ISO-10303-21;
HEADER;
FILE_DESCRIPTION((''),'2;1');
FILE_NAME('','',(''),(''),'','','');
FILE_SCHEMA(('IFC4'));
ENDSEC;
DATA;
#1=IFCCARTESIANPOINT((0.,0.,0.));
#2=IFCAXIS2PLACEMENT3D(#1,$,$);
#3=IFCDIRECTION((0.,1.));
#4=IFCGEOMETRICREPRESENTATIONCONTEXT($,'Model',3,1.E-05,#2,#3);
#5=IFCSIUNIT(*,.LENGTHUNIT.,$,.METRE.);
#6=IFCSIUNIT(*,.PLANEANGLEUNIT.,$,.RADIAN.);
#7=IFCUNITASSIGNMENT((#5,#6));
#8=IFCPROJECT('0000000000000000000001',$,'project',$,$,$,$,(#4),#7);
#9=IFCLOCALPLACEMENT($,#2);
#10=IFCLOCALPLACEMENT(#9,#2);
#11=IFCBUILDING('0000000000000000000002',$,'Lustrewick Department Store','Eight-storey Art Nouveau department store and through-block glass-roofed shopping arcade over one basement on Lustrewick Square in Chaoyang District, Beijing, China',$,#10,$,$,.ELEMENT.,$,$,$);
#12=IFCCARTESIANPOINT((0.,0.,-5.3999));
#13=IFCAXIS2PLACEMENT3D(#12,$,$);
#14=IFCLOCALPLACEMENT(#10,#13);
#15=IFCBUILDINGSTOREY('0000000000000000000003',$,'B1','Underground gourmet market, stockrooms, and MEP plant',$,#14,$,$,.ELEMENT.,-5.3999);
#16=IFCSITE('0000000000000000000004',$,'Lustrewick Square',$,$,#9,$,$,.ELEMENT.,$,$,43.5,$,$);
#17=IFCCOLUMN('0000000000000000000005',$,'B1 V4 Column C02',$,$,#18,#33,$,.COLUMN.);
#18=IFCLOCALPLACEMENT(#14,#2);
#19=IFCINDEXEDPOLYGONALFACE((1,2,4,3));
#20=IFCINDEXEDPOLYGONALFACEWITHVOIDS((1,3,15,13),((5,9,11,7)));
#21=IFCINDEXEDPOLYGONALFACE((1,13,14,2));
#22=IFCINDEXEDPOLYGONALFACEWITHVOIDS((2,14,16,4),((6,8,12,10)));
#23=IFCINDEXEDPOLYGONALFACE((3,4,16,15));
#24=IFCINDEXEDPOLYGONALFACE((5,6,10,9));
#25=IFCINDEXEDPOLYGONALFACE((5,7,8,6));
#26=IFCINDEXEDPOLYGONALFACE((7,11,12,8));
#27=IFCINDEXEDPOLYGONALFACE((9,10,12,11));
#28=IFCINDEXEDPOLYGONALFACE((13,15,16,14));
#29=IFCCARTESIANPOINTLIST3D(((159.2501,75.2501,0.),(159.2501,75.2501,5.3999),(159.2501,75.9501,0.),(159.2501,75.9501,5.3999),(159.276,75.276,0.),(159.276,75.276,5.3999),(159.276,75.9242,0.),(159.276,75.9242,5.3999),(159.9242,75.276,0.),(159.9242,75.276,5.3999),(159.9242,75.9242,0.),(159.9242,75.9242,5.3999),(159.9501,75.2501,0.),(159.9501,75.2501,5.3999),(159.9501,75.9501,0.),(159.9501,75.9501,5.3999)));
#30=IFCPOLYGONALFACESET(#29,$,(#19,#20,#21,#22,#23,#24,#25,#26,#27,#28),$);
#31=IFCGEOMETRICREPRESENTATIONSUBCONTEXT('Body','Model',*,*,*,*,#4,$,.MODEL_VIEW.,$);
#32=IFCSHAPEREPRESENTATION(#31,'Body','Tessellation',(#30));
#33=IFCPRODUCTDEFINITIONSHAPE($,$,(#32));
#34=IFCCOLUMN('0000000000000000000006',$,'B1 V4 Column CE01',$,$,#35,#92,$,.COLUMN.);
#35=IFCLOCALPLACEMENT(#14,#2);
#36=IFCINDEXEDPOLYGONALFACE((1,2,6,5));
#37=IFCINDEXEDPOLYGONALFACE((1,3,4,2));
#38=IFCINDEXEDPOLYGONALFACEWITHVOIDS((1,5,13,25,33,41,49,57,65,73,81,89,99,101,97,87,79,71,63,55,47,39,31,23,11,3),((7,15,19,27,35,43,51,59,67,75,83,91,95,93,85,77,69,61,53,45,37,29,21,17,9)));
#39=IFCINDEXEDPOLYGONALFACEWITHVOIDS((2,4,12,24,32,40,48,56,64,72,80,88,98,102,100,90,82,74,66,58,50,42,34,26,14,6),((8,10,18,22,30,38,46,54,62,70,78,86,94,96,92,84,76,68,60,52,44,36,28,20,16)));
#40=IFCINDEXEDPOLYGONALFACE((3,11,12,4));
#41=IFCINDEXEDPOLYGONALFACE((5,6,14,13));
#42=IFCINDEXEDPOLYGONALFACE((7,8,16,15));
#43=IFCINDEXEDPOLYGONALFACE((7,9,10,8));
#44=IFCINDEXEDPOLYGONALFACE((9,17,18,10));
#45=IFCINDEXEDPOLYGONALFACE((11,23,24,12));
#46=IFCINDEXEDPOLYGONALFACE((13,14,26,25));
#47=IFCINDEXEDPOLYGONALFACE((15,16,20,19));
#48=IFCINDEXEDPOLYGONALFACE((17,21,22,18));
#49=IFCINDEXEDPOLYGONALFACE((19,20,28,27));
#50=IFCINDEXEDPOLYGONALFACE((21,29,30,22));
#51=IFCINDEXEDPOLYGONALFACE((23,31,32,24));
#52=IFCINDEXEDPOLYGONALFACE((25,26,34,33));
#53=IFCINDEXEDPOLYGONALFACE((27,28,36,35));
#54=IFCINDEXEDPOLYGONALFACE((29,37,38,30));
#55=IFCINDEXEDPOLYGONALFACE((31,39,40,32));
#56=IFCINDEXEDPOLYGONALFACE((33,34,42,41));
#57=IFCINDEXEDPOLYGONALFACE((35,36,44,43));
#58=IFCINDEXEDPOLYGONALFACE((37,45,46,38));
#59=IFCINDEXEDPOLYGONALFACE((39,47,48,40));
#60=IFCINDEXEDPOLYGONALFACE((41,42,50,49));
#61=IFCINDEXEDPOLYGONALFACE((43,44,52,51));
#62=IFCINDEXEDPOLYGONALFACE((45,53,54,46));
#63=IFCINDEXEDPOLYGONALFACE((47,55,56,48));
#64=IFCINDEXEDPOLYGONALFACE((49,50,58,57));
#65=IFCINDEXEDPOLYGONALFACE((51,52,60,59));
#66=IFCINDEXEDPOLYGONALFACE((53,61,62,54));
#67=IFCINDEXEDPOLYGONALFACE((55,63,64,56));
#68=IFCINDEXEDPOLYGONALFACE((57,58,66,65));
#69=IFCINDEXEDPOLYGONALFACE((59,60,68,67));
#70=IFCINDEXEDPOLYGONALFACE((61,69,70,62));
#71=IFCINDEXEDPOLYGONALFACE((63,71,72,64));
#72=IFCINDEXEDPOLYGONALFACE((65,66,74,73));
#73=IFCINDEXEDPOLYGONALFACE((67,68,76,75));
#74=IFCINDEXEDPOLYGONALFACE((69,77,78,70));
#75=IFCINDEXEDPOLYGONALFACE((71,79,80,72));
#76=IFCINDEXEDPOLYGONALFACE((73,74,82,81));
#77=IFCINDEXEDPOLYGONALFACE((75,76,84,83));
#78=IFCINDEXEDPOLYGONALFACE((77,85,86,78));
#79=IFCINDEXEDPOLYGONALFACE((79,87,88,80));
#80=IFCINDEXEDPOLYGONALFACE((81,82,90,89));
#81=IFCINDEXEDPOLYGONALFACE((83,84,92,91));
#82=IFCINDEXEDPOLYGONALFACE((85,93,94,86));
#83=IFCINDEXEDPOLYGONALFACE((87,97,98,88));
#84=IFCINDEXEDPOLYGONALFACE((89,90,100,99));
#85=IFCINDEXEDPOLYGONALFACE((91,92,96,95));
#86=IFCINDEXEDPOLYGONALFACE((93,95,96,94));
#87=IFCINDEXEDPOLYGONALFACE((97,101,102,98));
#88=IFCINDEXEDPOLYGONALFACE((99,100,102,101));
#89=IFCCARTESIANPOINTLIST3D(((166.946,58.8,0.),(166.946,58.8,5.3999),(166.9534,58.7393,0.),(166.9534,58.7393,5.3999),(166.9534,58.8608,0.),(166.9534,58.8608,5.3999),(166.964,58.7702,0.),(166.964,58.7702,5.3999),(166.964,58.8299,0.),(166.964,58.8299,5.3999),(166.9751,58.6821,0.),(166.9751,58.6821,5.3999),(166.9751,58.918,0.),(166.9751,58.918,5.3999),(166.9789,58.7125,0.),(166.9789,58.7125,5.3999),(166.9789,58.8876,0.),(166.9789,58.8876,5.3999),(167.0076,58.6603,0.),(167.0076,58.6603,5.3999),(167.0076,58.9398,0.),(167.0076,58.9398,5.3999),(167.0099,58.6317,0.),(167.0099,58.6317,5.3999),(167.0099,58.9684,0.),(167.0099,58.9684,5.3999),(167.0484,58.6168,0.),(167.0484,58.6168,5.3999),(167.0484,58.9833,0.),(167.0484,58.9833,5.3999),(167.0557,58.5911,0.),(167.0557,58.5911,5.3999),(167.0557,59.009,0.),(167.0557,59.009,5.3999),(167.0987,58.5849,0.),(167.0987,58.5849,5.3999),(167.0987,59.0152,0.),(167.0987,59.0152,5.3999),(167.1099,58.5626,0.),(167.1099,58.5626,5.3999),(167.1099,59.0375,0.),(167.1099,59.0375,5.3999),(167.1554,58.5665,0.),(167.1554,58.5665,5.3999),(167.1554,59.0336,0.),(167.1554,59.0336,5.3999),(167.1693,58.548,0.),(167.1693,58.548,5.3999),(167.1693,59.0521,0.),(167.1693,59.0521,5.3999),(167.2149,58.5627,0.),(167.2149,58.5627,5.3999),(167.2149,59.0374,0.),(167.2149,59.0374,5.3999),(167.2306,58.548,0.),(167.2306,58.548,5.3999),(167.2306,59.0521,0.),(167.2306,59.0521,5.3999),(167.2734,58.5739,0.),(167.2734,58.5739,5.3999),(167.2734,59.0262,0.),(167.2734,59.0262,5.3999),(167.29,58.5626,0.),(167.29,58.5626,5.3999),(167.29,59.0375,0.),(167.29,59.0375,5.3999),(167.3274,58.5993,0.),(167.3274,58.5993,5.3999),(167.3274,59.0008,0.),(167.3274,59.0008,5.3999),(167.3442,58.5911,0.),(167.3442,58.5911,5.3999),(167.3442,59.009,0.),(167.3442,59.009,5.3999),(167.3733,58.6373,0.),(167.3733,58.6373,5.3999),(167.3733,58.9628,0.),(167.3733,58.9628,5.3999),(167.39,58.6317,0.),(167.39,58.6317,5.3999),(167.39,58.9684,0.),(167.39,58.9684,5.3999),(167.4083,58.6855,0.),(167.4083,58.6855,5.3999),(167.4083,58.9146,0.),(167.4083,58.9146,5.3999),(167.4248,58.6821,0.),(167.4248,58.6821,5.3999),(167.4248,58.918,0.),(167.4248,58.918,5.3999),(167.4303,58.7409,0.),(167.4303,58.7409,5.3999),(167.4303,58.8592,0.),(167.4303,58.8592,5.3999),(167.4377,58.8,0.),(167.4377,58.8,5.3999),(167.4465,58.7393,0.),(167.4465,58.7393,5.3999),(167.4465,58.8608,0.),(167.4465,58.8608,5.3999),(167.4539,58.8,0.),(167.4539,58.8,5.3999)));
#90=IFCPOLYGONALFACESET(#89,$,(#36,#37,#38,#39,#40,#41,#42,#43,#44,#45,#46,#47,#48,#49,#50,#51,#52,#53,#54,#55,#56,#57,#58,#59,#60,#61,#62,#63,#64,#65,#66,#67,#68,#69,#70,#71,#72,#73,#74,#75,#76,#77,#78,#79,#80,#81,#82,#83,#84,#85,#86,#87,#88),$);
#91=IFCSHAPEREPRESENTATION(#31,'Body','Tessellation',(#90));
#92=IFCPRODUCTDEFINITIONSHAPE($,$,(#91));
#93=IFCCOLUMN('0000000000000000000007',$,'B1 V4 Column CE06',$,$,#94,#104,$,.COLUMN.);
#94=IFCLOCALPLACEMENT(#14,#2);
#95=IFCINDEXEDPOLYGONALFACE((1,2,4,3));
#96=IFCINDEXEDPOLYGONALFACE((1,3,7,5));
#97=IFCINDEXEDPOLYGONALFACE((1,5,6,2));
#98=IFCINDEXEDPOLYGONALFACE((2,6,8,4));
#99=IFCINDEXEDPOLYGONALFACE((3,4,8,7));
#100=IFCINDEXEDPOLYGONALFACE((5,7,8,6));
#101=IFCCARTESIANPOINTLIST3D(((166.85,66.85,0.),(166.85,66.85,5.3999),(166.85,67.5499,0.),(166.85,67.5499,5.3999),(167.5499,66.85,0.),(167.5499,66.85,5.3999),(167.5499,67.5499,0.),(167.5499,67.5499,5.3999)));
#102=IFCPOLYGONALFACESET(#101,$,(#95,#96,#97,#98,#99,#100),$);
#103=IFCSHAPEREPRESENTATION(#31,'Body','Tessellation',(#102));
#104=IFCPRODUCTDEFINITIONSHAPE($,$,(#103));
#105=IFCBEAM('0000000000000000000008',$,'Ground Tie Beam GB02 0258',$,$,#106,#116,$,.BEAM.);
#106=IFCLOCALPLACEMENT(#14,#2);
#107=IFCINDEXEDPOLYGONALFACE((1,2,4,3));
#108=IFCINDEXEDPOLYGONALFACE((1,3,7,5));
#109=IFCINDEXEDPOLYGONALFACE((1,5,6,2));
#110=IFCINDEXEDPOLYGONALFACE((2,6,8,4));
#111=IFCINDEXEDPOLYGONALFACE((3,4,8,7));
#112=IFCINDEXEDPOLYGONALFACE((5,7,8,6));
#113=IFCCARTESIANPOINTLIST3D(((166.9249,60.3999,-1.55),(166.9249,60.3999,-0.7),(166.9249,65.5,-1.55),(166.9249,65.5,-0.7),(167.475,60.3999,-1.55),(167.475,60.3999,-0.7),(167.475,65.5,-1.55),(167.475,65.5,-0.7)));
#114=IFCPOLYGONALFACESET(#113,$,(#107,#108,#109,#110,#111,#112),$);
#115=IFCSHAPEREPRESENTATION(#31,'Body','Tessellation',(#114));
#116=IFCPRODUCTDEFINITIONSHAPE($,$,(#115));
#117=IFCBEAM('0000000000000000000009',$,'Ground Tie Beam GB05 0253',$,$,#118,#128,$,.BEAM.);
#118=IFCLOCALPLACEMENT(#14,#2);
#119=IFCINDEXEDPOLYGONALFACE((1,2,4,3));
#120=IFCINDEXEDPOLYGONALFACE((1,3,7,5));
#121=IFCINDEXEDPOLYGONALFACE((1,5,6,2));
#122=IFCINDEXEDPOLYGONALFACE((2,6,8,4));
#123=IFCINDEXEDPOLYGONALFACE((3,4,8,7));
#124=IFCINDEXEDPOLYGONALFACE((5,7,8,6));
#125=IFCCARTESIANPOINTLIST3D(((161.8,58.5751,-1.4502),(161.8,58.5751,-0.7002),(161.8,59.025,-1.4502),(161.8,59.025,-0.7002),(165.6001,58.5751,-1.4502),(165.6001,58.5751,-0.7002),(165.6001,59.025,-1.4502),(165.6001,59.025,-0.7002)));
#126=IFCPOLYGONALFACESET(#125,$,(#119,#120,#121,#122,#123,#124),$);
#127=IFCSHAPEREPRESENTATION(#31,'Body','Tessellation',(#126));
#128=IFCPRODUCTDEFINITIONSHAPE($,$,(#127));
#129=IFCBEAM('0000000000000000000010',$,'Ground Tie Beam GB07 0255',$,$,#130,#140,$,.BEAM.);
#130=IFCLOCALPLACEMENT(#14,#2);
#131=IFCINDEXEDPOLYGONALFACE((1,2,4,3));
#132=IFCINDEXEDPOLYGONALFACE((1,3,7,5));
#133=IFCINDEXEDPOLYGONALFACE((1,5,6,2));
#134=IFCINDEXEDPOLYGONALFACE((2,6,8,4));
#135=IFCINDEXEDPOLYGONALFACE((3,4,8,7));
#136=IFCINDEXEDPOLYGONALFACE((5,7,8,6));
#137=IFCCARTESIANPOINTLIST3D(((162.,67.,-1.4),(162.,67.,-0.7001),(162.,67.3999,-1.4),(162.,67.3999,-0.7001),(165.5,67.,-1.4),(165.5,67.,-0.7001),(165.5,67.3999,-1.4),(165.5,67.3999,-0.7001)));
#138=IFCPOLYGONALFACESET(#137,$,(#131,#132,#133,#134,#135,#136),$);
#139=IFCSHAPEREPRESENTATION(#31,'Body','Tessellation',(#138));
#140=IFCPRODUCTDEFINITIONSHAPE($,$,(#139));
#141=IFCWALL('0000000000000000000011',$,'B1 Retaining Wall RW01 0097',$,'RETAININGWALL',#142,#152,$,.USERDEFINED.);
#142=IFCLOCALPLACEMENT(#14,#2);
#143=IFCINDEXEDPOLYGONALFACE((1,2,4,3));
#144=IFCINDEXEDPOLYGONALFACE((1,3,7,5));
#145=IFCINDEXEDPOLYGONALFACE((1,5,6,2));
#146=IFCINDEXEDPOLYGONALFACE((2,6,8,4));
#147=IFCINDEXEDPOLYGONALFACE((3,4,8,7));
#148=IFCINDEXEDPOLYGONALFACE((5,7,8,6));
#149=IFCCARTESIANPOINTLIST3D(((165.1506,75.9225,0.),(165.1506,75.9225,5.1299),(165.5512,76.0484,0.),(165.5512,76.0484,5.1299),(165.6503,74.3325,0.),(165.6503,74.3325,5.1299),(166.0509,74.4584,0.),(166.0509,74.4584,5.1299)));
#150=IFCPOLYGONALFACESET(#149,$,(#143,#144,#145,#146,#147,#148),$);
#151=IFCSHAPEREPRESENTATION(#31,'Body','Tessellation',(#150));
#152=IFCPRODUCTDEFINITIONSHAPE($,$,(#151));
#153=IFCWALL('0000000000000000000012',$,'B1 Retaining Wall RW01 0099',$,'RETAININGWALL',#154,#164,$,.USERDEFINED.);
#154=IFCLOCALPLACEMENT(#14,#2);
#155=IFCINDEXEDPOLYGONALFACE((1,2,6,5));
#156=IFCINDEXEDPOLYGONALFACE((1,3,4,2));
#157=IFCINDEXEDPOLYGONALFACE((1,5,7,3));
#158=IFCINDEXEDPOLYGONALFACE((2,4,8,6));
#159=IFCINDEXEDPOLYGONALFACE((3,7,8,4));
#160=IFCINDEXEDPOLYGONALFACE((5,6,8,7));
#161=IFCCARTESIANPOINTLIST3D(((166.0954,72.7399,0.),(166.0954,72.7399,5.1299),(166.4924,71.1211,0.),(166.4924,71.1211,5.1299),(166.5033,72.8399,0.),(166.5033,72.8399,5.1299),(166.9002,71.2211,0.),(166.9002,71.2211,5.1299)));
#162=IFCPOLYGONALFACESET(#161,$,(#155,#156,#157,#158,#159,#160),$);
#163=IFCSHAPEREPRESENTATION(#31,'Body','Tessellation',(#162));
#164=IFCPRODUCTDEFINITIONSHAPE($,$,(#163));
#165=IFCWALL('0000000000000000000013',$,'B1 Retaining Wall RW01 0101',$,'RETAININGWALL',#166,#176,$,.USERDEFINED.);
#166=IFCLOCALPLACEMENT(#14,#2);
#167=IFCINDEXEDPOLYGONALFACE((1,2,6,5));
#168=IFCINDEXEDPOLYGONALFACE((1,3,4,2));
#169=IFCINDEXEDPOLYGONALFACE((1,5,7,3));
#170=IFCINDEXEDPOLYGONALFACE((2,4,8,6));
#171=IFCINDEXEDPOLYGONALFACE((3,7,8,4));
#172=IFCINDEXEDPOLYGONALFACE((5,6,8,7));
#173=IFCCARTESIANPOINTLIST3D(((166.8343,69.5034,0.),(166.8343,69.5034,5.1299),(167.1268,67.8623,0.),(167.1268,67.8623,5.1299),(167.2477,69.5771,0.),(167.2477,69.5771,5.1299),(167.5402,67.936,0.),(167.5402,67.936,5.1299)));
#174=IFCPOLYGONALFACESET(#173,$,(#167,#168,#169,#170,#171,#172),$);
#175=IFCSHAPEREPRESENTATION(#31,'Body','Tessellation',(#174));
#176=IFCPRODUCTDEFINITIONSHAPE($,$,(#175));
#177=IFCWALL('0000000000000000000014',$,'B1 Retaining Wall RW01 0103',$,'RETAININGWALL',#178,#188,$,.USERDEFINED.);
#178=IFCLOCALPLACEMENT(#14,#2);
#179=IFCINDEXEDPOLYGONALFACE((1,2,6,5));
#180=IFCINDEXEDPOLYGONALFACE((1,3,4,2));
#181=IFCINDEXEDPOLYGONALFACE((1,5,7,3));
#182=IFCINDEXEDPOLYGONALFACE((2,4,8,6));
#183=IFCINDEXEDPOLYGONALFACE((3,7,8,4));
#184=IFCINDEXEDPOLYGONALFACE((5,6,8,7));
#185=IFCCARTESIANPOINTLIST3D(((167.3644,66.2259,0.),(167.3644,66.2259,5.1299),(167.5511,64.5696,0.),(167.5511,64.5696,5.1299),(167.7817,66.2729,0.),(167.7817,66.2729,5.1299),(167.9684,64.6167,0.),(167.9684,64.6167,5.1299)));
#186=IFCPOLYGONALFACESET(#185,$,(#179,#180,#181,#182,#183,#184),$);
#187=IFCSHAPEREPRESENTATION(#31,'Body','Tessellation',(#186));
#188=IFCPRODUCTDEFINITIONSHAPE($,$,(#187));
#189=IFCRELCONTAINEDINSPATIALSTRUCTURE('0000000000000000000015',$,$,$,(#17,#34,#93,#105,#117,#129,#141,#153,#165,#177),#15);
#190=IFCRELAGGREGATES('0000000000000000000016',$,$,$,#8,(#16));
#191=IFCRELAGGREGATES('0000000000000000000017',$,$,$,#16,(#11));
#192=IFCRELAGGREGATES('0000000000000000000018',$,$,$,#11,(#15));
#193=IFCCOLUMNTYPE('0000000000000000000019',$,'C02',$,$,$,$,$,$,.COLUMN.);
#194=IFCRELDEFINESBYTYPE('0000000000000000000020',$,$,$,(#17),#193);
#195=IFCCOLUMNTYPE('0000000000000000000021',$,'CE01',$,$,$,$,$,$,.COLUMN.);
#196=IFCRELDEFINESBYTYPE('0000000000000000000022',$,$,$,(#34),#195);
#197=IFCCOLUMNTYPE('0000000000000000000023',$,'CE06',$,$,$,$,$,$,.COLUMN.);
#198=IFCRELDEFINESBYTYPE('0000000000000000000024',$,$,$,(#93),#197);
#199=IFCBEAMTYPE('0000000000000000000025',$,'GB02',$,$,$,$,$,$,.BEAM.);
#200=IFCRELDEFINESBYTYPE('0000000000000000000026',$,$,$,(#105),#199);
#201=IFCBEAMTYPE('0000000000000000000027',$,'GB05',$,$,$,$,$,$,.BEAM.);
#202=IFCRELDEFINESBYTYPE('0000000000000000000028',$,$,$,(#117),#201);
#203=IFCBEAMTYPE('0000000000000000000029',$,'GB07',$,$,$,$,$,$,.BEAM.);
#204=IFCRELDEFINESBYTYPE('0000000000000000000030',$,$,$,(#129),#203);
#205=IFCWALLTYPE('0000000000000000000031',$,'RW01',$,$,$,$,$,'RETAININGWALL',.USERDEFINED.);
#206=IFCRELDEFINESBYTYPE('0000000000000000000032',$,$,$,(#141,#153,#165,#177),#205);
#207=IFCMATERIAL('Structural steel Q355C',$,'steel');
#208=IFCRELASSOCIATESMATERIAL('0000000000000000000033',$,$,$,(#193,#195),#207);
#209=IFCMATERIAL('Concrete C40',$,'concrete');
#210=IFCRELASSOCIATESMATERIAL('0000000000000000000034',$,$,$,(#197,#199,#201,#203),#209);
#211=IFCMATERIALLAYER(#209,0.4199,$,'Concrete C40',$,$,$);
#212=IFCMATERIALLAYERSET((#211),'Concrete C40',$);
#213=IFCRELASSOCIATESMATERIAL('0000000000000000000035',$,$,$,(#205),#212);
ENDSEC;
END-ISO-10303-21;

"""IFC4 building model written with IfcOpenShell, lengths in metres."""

from ifc_helpers import new_model, si_unit, direction, frame, frame_2d, origin, origin_2d, place, context, subcontext, project, spatial, rectangle, hollow_rectangle, hollow_circle, extrude, material, layer, layer_set, material_profile, profile_set, type_object, element, save


model = new_model("IFC4")

# Units and contexts
model_context = context("Model", 3, precision=1e-05, world=origin(), true_north=direction((0.0, 1.0)))
body_context = subcontext(model_context, "Body", "Model", "MODEL_VIEW")
ifc_project = project(units=[si_unit("LENGTHUNIT", "METRE"), si_unit("PLANEANGLEUNIT", "RADIAN")], contexts=[model_context])

# Site, building, storey
site_placement = place(None, origin())
site = spatial("IfcSite", under=ifc_project, at=site_placement, Name="Lustrewick Square", CompositionType="ELEMENT", RefElevation=43.5)
building_placement = place(site_placement, origin())
building = spatial("IfcBuilding", under=site, at=building_placement, Name="Lustrewick Department Store", Description="Eight-storey Art Nouveau department store and through-block glass-roofed shopping arcade over one basement on Lustrewick Square in Chaoyang District, Beijing, China", CompositionType="ELEMENT")
storey_placement = place(building_placement, frame((0.0, 0.0, -5.3999)))
storey = spatial("IfcBuildingStorey", under=building, at=storey_placement, Name="B1", Description="Underground gourmet market, stockrooms, and MEP plant", CompositionType="ELEMENT", Elevation=-5.3999)

# Shared definitions
ifc_material_1 = material(Name="Concrete C40", Category="concrete")

# Columns
ifc_material_2 = material(Name="Structural steel Q355C", Category="steel")
ifc_material_profile_1 = material_profile(ifc_material_2, hollow_rectangle(XDim=0.7, YDim=0.7, WallThickness=0.0259, at=origin_2d()), Name="BOX 700x700x26")
ifc_profile_set_1 = profile_set([ifc_material_profile_1], Name="Structural steel Q355C")
column_type_1 = type_object("IfcColumnType", Name="C02", PredefinedType="COLUMN", material=ifc_profile_set_1)
column_1_placement = place(storey_placement, frame((159.6001, 75.6001, 0.0), z_axis=(0.0, 0.0, 1.0), x_axis=(1.0, 0.0, 0.0)))
element("IfcColumn", 1, at=column_1_placement, inside=storey, type_object=column_type_1, Name="B1 V4 Column C02", PredefinedType="COLUMN", context=body_context, shape_type="SweptSolid", body=[
    extrude(hollow_rectangle(XDim=0.7, YDim=0.7, WallThickness=0.0259, at=origin_2d()), origin(), (0.0, 0.0, 1.0), 5.3999),
])
ifc_material_profile_2 = material_profile(ifc_material_2, hollow_circle(Radius=0.2539, WallThickness=0.0161, at=origin_2d()), Name="CHS 508x16")
ifc_profile_set_2 = profile_set([ifc_material_profile_2], Name="Structural steel Q355C")
column_type_2 = type_object("IfcColumnType", Name="CE01", PredefinedType="COLUMN", material=ifc_profile_set_2)
column_2_placement = place(storey_placement, frame((167.2, 58.8, 0.0), z_axis=(0.0, 0.0, 1.0), x_axis=(1.0, 0.0, 0.0)))
element("IfcColumn", 2, at=column_2_placement, inside=storey, type_object=column_type_2, Name="B1 V4 Column CE01", PredefinedType="COLUMN", context=body_context, shape_type="SweptSolid", body=[
    extrude(hollow_circle(Radius=0.2539, WallThickness=0.0161, at=origin_2d()), origin(), (0.0, 0.0, 1.0), 5.3999),
])
ifc_material_profile_3 = material_profile(ifc_material_1, rectangle(XDim=0.7, YDim=0.7, at=origin_2d()), Name="RC 700x700")
ifc_profile_set_3 = profile_set([ifc_material_profile_3], Name="Concrete C40")
column_type_3 = type_object("IfcColumnType", Name="CE06", PredefinedType="COLUMN", material=ifc_profile_set_3)
column_3_placement = place(storey_placement, frame((167.2, 67.2, 0.0), z_axis=(0.0, 0.0, 1.0), x_axis=(1.0, 0.0, 0.0)))
element("IfcColumn", 3, at=column_3_placement, inside=storey, type_object=column_type_3, Name="B1 V4 Column CE06", PredefinedType="COLUMN", context=body_context, shape_type="SweptSolid", body=[
    extrude(rectangle(XDim=0.7, YDim=0.7, at=origin_2d()), origin(), (0.0, 0.0, 1.0), 5.3999),
])

# Beams
ifc_material_profile_4 = material_profile(ifc_material_1, rectangle(XDim=0.55, YDim=0.8501, at=origin_2d()), Name="RC 550x850")
ifc_profile_set_4 = profile_set([ifc_material_profile_4], Name="Concrete C40")
beam_type_1 = type_object("IfcBeamType", Name="GB02", PredefinedType="BEAM", material=ifc_profile_set_4)
beam_1_placement = place(storey_placement, frame((167.2, 60.3999, -1.125), z_axis=(0.0, 1.0, 0.0), x_axis=(-1.0, 0.0, 0.0)))
element("IfcBeam", 4, at=beam_1_placement, inside=storey, type_object=beam_type_1, Name="Ground Tie Beam GB02 0258", PredefinedType="BEAM", context=body_context, shape_type="SweptSolid", body=[
    extrude(rectangle(XDim=0.55, YDim=0.8501, at=origin_2d()), origin(), (0.0, 0.0, 1.0), 5.1001),
])
ifc_material_profile_5 = material_profile(ifc_material_1, rectangle(XDim=0.45, YDim=0.75, at=origin_2d()), Name="RC 450x750")
ifc_profile_set_5 = profile_set([ifc_material_profile_5], Name="Concrete C40")
beam_type_2 = type_object("IfcBeamType", Name="GB05", PredefinedType="BEAM", material=ifc_profile_set_5)
beam_2_placement = place(storey_placement, frame((161.8, 58.8, -1.0752), z_axis=(1.0, 0.0, 0.0), x_axis=(0.0, 1.0, 0.0)))
element("IfcBeam", 5, at=beam_2_placement, inside=storey, type_object=beam_type_2, Name="Ground Tie Beam GB05 0253", PredefinedType="BEAM", context=body_context, shape_type="SweptSolid", body=[
    extrude(rectangle(XDim=0.45, YDim=0.75, at=origin_2d()), origin(), (0.0, 0.0, 1.0), 3.8),
])
ifc_material_profile_6 = material_profile(ifc_material_1, rectangle(XDim=0.3999, YDim=0.7, at=origin_2d()), Name="RC 400x700")
ifc_profile_set_6 = profile_set([ifc_material_profile_6], Name="Concrete C40")
beam_type_3 = type_object("IfcBeamType", Name="GB07", PredefinedType="BEAM", material=ifc_profile_set_6)
beam_3_placement = place(storey_placement, frame((162.0, 67.2, -1.05), z_axis=(1.0, 0.0, 0.0), x_axis=(0.0, 1.0, 0.0)))
element("IfcBeam", 6, at=beam_3_placement, inside=storey, type_object=beam_type_3, Name="Ground Tie Beam GB07 0255", PredefinedType="BEAM", context=body_context, shape_type="SweptSolid", body=[
    extrude(rectangle(XDim=0.3999, YDim=0.7, at=origin_2d()), origin(), (0.0, 0.0, 1.0), 3.5),
])

# Walls
ifc_layer_1 = layer(ifc_material_1, 0.4199, Name="Concrete C40")
ifc_layer_set_1 = layer_set([ifc_layer_1], Name="Concrete C40")
wall_type_1 = type_object("IfcWallType", Name="RW01", ElementType="RETAININGWALL", PredefinedType="USERDEFINED", material=ifc_layer_set_1)
for number, where, z_axis, x_axis, name in (
    (7, (165.3508, 75.9856, 0.0), (0.0, 0.0, 1.0), (0.299834, -0.953991, 0.0), "B1 Retaining Wall RW01 0097"),
    (8, (166.2993, 72.79, 0.0), (0.0, 0.0, 1.0), (0.238156, -0.971227, 0.0), "B1 Retaining Wall RW01 0099"),
):
    element("IfcWall", number, at=place(storey_placement, frame(where, z_axis=z_axis, x_axis=x_axis)), inside=storey, type_object=wall_type_1, Name=name, ObjectType="RETAININGWALL", PredefinedType="USERDEFINED", context=body_context, shape_type="SweptSolid", body=[
        extrude(rectangle(XDim=1.6667, YDim=0.4199, at=frame_2d((0.8335, 0.0))), origin(), (0.0, 0.0, 1.0), 5.1299),
    ])
wall_1_placement = place(storey_placement, frame((167.041, 69.5403, 0.0), z_axis=(0.0, 0.0, 1.0), x_axis=(0.175456, -0.984487, 0.0)))
element("IfcWall", 9, at=wall_1_placement, inside=storey, type_object=wall_type_1, Name="B1 Retaining Wall RW01 0101", ObjectType="RETAININGWALL", PredefinedType="USERDEFINED", context=body_context, shape_type="SweptSolid", body=[
    extrude(rectangle(XDim=1.667, YDim=0.4199, at=frame_2d((0.8335, 0.0))), origin(), (0.0, 0.0, 1.0), 5.1299),
])
wall_2_placement = place(storey_placement, frame((167.573, 66.2495, 0.0), z_axis=(0.0, 0.0, 1.0), x_axis=(0.112055, -0.993702, 0.0)))
element("IfcWall", 10, at=wall_2_placement, inside=storey, type_object=wall_type_1, Name="B1 Retaining Wall RW01 0103", ObjectType="RETAININGWALL", PredefinedType="USERDEFINED", context=body_context, shape_type="SweptSolid", body=[
    extrude(rectangle(XDim=1.6667, YDim=0.4199, at=frame_2d((0.8335, 0.0))), origin(), (0.0, 0.0, 1.0), 5.1299),
])

save(model, "model.ifc")
